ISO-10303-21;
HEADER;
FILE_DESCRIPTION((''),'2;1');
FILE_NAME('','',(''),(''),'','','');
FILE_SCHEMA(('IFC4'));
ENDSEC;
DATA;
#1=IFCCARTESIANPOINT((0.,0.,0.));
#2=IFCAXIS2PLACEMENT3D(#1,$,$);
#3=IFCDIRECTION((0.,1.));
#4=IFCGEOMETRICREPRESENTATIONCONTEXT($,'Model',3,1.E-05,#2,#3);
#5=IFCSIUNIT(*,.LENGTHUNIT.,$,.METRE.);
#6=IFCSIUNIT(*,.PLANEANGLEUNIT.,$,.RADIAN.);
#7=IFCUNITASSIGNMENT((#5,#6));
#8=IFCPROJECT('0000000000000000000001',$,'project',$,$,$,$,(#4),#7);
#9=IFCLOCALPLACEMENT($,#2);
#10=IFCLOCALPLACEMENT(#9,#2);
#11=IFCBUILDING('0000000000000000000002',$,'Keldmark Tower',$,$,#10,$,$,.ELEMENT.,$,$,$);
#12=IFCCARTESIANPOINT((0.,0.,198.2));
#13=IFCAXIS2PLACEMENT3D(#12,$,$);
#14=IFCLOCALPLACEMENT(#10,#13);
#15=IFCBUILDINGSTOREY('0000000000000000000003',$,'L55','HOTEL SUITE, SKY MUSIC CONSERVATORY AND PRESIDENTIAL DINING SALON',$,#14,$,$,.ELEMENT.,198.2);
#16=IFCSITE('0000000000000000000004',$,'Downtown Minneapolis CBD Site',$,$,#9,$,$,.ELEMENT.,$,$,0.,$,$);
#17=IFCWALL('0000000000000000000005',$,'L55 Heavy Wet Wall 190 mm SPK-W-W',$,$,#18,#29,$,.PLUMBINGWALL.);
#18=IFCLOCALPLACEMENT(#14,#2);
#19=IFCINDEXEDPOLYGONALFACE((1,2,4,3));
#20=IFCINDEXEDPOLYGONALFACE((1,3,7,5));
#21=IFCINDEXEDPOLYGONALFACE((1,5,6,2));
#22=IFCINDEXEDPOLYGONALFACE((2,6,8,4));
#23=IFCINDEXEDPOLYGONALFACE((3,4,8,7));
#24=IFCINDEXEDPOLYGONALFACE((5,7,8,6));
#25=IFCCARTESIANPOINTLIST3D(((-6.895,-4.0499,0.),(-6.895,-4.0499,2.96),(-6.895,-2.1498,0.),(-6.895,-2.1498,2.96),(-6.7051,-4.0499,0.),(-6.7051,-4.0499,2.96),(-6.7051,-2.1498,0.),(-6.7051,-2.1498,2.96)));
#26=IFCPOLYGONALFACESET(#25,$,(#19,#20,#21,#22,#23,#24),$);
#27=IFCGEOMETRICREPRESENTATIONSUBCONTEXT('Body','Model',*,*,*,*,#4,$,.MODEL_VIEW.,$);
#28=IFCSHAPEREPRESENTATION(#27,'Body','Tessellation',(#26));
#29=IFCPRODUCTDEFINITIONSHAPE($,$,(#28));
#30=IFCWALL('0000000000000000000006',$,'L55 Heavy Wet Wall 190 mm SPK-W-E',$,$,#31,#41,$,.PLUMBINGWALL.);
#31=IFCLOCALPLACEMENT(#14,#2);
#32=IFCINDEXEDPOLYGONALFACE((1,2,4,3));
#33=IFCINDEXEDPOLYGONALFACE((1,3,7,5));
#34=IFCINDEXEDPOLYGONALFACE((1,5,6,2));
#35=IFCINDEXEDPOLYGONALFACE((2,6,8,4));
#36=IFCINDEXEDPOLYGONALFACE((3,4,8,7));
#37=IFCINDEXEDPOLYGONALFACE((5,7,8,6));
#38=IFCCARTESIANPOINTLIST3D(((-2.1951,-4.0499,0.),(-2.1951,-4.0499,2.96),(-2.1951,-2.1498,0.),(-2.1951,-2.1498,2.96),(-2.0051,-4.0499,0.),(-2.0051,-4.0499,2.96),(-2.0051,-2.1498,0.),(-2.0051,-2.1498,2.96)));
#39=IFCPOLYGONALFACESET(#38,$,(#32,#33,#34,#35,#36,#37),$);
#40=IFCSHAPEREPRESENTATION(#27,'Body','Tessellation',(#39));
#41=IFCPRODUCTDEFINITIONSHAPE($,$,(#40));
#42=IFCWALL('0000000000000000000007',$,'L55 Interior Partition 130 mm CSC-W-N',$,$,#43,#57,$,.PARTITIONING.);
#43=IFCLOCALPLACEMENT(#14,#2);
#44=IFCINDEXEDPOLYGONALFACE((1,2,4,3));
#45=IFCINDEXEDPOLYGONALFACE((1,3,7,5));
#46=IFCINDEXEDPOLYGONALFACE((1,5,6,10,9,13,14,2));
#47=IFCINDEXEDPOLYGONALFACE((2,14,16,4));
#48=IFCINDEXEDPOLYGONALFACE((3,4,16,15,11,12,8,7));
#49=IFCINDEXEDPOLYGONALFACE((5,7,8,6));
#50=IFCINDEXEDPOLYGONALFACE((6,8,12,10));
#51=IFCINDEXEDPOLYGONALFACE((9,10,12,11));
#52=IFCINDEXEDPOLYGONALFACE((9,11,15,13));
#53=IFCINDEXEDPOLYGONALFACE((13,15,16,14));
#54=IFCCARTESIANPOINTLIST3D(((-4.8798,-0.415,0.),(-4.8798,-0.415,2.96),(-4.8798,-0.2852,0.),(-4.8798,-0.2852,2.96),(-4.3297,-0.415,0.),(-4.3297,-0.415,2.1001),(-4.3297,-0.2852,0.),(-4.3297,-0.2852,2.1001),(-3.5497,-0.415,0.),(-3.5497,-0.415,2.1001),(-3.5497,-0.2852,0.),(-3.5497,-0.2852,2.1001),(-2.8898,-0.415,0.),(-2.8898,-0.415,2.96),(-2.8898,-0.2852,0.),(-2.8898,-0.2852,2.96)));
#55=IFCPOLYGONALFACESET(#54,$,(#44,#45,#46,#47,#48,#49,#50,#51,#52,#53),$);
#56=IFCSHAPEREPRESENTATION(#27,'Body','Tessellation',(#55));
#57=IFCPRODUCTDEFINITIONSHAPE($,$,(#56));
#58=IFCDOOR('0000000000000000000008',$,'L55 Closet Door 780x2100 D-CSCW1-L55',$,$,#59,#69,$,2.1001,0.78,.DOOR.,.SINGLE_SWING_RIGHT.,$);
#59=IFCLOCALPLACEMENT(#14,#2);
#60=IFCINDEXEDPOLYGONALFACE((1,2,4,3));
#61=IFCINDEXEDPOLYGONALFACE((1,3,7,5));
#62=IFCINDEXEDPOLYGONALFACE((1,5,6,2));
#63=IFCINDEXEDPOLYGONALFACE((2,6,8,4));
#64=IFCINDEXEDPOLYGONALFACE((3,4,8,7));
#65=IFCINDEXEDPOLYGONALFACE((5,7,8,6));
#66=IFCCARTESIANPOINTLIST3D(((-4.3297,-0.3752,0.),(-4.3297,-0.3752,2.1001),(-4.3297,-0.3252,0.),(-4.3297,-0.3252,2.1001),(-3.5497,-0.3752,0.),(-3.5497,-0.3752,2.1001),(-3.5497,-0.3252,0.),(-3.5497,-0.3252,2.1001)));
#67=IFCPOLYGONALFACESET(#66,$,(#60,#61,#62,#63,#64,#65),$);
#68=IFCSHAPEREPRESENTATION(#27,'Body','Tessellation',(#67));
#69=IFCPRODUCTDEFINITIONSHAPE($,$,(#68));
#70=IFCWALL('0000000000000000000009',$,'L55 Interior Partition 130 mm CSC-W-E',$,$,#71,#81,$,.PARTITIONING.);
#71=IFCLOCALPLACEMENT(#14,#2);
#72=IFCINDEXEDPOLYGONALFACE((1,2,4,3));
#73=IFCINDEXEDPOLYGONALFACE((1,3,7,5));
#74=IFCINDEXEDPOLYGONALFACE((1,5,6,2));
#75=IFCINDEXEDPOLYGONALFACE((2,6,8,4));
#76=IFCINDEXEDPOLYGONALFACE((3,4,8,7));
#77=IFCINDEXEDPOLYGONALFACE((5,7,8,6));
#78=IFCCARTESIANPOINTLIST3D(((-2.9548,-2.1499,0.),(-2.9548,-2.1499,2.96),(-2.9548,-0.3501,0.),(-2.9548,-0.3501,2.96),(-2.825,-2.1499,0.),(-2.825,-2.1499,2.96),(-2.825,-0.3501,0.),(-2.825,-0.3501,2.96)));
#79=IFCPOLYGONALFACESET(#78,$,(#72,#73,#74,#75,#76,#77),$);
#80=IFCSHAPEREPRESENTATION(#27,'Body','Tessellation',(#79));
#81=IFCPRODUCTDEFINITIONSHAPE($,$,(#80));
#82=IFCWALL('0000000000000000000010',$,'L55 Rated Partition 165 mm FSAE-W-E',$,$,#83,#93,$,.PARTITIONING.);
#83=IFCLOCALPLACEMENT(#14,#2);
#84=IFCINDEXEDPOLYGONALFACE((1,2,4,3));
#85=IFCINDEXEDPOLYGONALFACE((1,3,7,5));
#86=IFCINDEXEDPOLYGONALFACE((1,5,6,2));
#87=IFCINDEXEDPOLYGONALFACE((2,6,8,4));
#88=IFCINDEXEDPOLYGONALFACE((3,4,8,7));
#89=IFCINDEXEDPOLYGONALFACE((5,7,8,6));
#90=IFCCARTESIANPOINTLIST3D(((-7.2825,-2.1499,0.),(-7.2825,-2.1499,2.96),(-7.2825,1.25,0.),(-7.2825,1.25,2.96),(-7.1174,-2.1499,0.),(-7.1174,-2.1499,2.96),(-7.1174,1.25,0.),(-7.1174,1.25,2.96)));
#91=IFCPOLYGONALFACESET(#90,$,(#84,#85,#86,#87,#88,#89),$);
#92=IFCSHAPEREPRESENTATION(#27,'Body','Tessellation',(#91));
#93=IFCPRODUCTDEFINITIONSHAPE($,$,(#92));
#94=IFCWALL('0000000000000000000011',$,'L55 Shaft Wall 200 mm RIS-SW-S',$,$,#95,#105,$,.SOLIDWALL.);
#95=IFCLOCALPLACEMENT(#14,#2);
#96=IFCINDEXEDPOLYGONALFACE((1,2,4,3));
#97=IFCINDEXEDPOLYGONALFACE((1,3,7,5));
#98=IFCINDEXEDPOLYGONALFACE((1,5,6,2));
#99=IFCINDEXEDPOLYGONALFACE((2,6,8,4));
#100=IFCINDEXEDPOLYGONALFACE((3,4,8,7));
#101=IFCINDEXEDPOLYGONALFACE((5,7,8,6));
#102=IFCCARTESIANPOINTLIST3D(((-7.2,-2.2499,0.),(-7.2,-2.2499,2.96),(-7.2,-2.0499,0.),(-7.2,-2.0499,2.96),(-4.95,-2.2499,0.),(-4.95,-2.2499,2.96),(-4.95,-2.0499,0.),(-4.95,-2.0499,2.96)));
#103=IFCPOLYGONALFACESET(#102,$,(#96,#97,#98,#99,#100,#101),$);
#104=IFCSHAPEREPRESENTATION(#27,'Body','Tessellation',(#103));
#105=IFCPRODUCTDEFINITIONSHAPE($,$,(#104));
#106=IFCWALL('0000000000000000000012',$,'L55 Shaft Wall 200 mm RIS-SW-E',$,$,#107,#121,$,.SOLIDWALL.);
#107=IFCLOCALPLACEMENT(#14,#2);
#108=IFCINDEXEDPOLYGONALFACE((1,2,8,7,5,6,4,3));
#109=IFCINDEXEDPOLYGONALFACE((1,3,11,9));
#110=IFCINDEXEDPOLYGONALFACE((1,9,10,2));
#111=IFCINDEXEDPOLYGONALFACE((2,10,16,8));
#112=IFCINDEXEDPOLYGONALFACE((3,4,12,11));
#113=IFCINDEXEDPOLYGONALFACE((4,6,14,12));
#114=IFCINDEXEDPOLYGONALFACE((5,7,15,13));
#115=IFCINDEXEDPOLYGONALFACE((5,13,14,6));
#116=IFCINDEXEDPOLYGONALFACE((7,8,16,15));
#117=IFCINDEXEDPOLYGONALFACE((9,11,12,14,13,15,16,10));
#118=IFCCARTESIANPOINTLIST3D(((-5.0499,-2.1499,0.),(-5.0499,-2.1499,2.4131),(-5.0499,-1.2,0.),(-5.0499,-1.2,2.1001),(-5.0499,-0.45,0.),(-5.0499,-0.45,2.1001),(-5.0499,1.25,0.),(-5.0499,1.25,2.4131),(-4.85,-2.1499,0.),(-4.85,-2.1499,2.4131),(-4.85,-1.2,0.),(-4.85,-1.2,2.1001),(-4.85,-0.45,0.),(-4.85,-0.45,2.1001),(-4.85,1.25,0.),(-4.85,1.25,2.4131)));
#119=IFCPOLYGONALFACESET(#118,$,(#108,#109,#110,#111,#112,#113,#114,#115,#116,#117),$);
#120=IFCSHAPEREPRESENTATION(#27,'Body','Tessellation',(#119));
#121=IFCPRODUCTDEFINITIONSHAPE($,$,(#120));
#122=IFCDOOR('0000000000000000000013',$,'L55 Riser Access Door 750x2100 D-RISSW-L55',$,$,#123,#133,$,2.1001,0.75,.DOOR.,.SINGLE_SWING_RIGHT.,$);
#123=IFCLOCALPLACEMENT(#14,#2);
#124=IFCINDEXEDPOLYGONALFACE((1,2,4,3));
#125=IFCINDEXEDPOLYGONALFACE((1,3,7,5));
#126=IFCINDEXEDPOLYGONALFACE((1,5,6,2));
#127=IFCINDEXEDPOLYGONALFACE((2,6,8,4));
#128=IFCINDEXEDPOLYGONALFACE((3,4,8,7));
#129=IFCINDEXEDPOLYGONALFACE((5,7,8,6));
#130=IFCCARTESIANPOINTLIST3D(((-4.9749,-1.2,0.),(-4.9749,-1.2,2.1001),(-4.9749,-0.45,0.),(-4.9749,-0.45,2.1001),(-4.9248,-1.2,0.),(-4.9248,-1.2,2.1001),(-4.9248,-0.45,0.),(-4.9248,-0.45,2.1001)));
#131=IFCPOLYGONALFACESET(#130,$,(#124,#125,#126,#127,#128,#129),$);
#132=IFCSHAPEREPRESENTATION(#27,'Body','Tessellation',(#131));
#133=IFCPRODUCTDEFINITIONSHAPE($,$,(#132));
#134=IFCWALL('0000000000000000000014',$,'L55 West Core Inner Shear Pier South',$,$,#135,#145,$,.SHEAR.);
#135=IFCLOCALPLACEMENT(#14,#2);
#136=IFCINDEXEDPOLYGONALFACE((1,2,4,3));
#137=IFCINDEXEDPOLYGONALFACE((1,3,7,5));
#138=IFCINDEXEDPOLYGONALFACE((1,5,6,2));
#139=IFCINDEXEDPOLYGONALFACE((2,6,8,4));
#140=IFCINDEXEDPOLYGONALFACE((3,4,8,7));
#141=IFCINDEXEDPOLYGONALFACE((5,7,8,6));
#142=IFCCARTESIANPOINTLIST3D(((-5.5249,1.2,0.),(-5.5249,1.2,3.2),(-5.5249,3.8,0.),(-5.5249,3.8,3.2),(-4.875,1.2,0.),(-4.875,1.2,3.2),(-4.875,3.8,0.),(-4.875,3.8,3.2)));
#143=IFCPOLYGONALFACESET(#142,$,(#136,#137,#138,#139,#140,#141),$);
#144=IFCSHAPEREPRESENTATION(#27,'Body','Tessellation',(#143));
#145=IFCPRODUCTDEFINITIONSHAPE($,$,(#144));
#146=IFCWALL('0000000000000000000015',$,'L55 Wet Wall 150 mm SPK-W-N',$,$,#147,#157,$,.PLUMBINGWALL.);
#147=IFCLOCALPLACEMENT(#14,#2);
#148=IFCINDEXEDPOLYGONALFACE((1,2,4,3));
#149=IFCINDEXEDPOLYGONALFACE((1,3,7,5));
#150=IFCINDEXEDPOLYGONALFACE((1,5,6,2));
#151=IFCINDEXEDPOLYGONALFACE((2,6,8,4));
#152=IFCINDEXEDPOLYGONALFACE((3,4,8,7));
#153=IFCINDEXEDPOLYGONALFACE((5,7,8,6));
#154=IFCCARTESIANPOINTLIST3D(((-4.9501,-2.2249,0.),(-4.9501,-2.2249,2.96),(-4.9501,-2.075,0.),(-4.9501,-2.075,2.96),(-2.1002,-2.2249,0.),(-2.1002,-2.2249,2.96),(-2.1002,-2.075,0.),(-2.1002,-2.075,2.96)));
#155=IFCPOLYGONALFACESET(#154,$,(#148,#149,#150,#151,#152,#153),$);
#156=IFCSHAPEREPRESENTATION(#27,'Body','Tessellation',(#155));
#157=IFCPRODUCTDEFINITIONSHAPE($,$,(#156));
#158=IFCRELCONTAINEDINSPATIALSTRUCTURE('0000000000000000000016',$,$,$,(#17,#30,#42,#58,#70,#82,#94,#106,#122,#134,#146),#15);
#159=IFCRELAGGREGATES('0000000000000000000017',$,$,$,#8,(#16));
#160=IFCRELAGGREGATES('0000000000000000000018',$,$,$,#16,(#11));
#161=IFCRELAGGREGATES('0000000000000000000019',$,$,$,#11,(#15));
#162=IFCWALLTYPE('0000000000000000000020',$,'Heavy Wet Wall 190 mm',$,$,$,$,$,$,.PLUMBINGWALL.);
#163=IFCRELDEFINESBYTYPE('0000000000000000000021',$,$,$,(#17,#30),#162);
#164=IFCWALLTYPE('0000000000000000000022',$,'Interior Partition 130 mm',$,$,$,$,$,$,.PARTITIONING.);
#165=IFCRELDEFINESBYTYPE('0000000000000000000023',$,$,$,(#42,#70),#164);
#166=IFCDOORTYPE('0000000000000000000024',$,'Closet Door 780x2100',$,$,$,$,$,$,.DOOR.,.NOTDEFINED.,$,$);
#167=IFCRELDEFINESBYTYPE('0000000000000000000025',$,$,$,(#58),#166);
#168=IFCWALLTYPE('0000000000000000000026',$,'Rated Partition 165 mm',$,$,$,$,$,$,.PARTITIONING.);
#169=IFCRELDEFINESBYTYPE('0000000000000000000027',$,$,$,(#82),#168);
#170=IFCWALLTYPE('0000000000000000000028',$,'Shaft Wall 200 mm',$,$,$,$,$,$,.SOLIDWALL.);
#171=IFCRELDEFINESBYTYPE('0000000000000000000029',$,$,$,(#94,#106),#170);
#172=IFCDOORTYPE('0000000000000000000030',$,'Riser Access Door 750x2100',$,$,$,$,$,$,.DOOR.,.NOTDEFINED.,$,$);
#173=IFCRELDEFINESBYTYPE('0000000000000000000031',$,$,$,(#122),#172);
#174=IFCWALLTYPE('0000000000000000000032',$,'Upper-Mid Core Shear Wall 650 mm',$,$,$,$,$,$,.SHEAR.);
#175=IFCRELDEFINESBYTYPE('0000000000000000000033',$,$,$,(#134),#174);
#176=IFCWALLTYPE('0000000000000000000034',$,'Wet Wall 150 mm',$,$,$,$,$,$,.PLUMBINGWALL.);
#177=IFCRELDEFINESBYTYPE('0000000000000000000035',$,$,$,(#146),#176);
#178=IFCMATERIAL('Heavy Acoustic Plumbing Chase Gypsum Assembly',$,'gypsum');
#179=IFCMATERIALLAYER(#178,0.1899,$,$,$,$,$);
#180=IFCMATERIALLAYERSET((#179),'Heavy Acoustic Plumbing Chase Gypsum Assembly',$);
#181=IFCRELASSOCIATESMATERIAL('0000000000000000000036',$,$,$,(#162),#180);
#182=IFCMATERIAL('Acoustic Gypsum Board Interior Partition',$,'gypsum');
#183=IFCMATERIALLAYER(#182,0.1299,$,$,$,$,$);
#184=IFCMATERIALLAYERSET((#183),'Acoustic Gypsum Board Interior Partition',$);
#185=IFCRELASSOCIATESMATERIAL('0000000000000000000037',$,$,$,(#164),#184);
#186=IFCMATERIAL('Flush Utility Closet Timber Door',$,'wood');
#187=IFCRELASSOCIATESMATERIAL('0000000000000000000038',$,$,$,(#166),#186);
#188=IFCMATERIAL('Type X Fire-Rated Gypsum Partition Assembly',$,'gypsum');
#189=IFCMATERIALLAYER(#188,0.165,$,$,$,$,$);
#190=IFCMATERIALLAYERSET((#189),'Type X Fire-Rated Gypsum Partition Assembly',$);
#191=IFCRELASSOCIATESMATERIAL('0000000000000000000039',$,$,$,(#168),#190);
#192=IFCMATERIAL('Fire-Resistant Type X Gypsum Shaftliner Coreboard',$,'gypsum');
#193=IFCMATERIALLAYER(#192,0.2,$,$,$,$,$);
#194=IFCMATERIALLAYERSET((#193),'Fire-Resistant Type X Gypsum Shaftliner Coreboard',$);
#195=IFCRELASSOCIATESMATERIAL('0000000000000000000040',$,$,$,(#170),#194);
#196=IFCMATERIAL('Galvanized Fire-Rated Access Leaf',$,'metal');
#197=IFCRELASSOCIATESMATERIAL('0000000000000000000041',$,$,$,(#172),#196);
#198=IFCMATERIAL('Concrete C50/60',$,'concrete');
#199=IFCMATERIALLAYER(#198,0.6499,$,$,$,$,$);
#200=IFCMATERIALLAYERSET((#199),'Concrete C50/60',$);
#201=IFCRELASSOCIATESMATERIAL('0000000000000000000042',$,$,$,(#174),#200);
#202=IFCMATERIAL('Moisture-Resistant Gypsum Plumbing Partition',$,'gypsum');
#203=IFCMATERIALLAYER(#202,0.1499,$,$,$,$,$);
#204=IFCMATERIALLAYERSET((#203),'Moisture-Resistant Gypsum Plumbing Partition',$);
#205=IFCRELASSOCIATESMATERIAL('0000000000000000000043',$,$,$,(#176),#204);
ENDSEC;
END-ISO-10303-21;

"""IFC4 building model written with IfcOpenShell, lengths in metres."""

from ifc_helpers import new_model, si_unit, direction, frame, frame_2d, origin, place, context, subcontext, project, spatial, rectangle, extrude, material, layer, layer_set, type_object, element, fill, save


model = new_model("IFC4")

# Units and contexts
model_context = context("Model", 3, precision=1e-05, world=origin(), true_north=direction((0.0, 1.0)))
body_context = subcontext(model_context, "Body", "Model", "MODEL_VIEW")
ifc_project = project(units=[si_unit("LENGTHUNIT", "METRE"), si_unit("PLANEANGLEUNIT", "RADIAN")], contexts=[model_context])

# Site, building, storey
site_placement = place(None, origin())
site = spatial("IfcSite", under=ifc_project, at=site_placement, Name="Downtown Minneapolis CBD Site", CompositionType="ELEMENT", RefElevation=0.0)
building_placement = place(site_placement, origin())
building = spatial("IfcBuilding", under=site, at=building_placement, Name="Keldmark Tower", CompositionType="ELEMENT")
storey_placement = place(building_placement, frame((0.0, 0.0, 198.2)))
storey = spatial("IfcBuildingStorey", under=building, at=storey_placement, Name="L55", Description="HOTEL SUITE, SKY MUSIC CONSERVATORY AND PRESIDENTIAL DINING SALON", CompositionType="ELEMENT", Elevation=198.2)

# Shared definitions
ifc_material_1 = material(Name="Heavy Acoustic Plumbing Chase Gypsum Assembly", Category="gypsum")
ifc_layer_1 = layer(ifc_material_1, 0.1899)
ifc_layer_set_1 = layer_set([ifc_layer_1], Name="Heavy Acoustic Plumbing Chase Gypsum Assembly")
wall_type_1 = type_object("IfcWallType", Name="Heavy Wet Wall 190 mm", PredefinedType="PLUMBINGWALL", material=ifc_layer_set_1)

# Walls
for number, where, z_axis, x_axis, name in (
    (1, (-6.8, -4.05, 0.0), (0.0, 0.0, 1.0), (0.0, 1.0, 0.0), "L55 Heavy Wet Wall 190 mm SPK-W-W"),
    (2, (-2.1001, -4.05, 0.0), (0.0, 0.0, 1.0), (0.0, 1.0, 0.0), "L55 Heavy Wet Wall 190 mm SPK-W-E"),
):
    element("IfcWall", number, at=place(storey_placement, frame(where, z_axis=z_axis, x_axis=x_axis)), inside=storey, type_object=wall_type_1, Name=name, PredefinedType="PLUMBINGWALL", context=body_context, shape_type="SweptSolid", body=[
        extrude(rectangle(XDim=1.9001, YDim=0.1899, at=frame_2d((0.9502, 0.0))), origin(), (0.0, 0.0, 1.0), 2.96),
    ])

# Wall, opening, door
ifc_material_2 = material(Name="Acoustic Gypsum Board Interior Partition", Category="gypsum")
ifc_layer_2 = layer(ifc_material_2, 0.1299)
ifc_layer_set_2 = layer_set([ifc_layer_2], Name="Acoustic Gypsum Board Interior Partition")
wall_type_2 = type_object("IfcWallType", Name="Interior Partition 130 mm", PredefinedType="PARTITIONING", material=ifc_layer_set_2)
wall_1_placement = place(storey_placement, frame((-4.8799, -0.3501, 0.0), z_axis=(0.0, 0.0, 1.0), x_axis=(1.0, 0.0, 0.0)))
wall_1 = element("IfcWall", 3, at=wall_1_placement, inside=storey, type_object=wall_type_2, Name="L55 Interior Partition 130 mm CSC-W-N", PredefinedType="PARTITIONING", context=body_context, shape_type="SweptSolid", body=[
    extrude(rectangle(XDim=1.99, YDim=0.1299, at=frame_2d((0.9951, 0.0))), origin(), (0.0, 0.0, 1.0), 2.96),
])
opening_1_placement = place(wall_1_placement, frame((0.55, 0.0, 0.0)))
opening_1 = element("IfcOpeningElement", 4, at=opening_1_placement, cuts=wall_1, PredefinedType="OPENING", context=body_context, shape_type="SweptSolid", body=[
    extrude(rectangle(XDim=0.78, YDim=2.1001, at=frame_2d((0.3901, 1.05))), frame((0.0, 0.075, 0.0), z_axis=(0.0, -1.0, 0.0), x_axis=(1.0, 0.0, 0.0)), (0.0, 0.0, 1.0), 0.1499),
])
ifc_material_3 = material(Name="Flush Utility Closet Timber Door", Category="wood")
door_type_1 = type_object("IfcDoorType", Name="Closet Door 780x2100", OperationType="NOTDEFINED", PredefinedType="DOOR", material=ifc_material_3)
door_1_placement = place(opening_1_placement, origin())
door_1 = element("IfcDoor", 5, at=door_1_placement, inside=storey, type_object=door_type_1, Name="L55 Closet Door 780x2100 D-CSCW1-L55", OperationType="SINGLE_SWING_RIGHT", OverallHeight=2.1001, OverallWidth=0.78, PredefinedType="DOOR", context=body_context, shape_type="SweptSolid", body=[
    extrude(rectangle(XDim=0.78, YDim=2.1001, at=frame_2d((0.3901, 1.05))), frame((0.0, 0.0249, 0.0), z_axis=(0.0, -1.0, 0.0), x_axis=(1.0, 0.0, 0.0)), (0.0, 0.0, 1.0), 0.05),
])
fill(opening_1, door_1)

# Wall
wall_2_placement = place(storey_placement, frame((-2.8899, -2.1499, 0.0), z_axis=(0.0, 0.0, 1.0), x_axis=(0.0, 1.0, 0.0)))
element("IfcWall", 6, at=wall_2_placement, inside=storey, type_object=wall_type_2, Name="L55 Interior Partition 130 mm CSC-W-E", PredefinedType="PARTITIONING", context=body_context, shape_type="SweptSolid", body=[
    extrude(rectangle(XDim=1.7998, YDim=0.1299, at=frame_2d((0.8999, 0.0))), origin(), (0.0, 0.0, 1.0), 2.96),
])

# Shared definitions
ifc_material_4 = material(Name="Type X Fire-Rated Gypsum Partition Assembly", Category="gypsum")
ifc_layer_3 = layer(ifc_material_4, 0.165)
ifc_layer_set_3 = layer_set([ifc_layer_3], Name="Type X Fire-Rated Gypsum Partition Assembly")
wall_type_3 = type_object("IfcWallType", Name="Rated Partition 165 mm", PredefinedType="PARTITIONING", material=ifc_layer_set_3)

# Walls
wall_3_placement = place(storey_placement, frame((-7.2, -2.1499, 0.0), z_axis=(0.0, 0.0, 1.0), x_axis=(0.0, 1.0, 0.0)))
element("IfcWall", 7, at=wall_3_placement, inside=storey, type_object=wall_type_3, Name="L55 Rated Partition 165 mm FSAE-W-E", PredefinedType="PARTITIONING", context=body_context, shape_type="SweptSolid", body=[
    extrude(rectangle(XDim=3.3999, YDim=0.165, at=frame_2d((1.7, 0.0))), origin(), (0.0, 0.0, 1.0), 2.96),
])
ifc_material_5 = material(Name="Fire-Resistant Type X Gypsum Shaftliner Coreboard", Category="gypsum")
ifc_layer_4 = layer(ifc_material_5, 0.2)
ifc_layer_set_4 = layer_set([ifc_layer_4], Name="Fire-Resistant Type X Gypsum Shaftliner Coreboard")
wall_type_4 = type_object("IfcWallType", Name="Shaft Wall 200 mm", PredefinedType="SOLIDWALL", material=ifc_layer_set_4)
wall_4_placement = place(storey_placement, frame((-7.2, -2.1499, 0.0), z_axis=(0.0, 0.0, 1.0), x_axis=(1.0, 0.0, 0.0)))
element("IfcWall", 8, at=wall_4_placement, inside=storey, type_object=wall_type_4, Name="L55 Shaft Wall 200 mm RIS-SW-S", PredefinedType="SOLIDWALL", context=body_context, shape_type="SweptSolid", body=[
    extrude(rectangle(XDim=2.25, YDim=0.2, at=frame_2d((1.125, 0.0))), origin(), (0.0, 0.0, 1.0), 2.96),
])

# Wall, opening, door
wall_5_placement = place(storey_placement, frame((-4.95, -2.1499, 0.0), z_axis=(0.0, 0.0, 1.0), x_axis=(0.0, 1.0, 0.0)))
wall_5 = element("IfcWall", 9, at=wall_5_placement, inside=storey, type_object=wall_type_4, Name="L55 Shaft Wall 200 mm RIS-SW-E", PredefinedType="SOLIDWALL", context=body_context, shape_type="SweptSolid", body=[
    extrude(rectangle(XDim=3.3999, YDim=0.2, at=frame_2d((1.7, 0.0))), origin(), (0.0, 0.0, 1.0), 2.4131),
])
opening_2_placement = place(wall_5_placement, frame((0.95, 0.0, 0.0)))
opening_2 = element("IfcOpeningElement", 10, at=opening_2_placement, cuts=wall_5, PredefinedType="OPENING", context=body_context, shape_type="SweptSolid", body=[
    extrude(rectangle(XDim=0.75, YDim=2.1001, at=frame_2d((0.375, 1.05))), frame((0.0, 0.1099, 0.0), z_axis=(0.0, -1.0, 0.0), x_axis=(1.0, 0.0, 0.0)), (0.0, 0.0, 1.0), 0.22),
])
ifc_material_6 = material(Name="Galvanized Fire-Rated Access Leaf", Category="metal")
door_type_2 = type_object("IfcDoorType", Name="Riser Access Door 750x2100", OperationType="NOTDEFINED", PredefinedType="DOOR", material=ifc_material_6)
door_2_placement = place(opening_2_placement, origin())
door_2 = element("IfcDoor", 11, at=door_2_placement, inside=storey, type_object=door_type_2, Name="L55 Riser Access Door 750x2100 D-RISSW-L55", OperationType="SINGLE_SWING_RIGHT", OverallHeight=2.1001, OverallWidth=0.75, PredefinedType="DOOR", context=body_context, shape_type="SweptSolid", body=[
    extrude(rectangle(XDim=0.75, YDim=2.1001, at=frame_2d((0.375, 1.05))), frame((0.0, 0.0249, 0.0), z_axis=(0.0, -1.0, 0.0), x_axis=(1.0, 0.0, 0.0)), (0.0, 0.0, 1.0), 0.05),
])
fill(opening_2, door_2)

# Walls
ifc_material_7 = material(Name="Concrete C50/60", Category="concrete")
ifc_layer_5 = layer(ifc_material_7, 0.6499)
ifc_layer_set_5 = layer_set([ifc_layer_5], Name="Concrete C50/60")
wall_type_5 = type_object("IfcWallType", Name="Upper-Mid Core Shear Wall 650 mm", PredefinedType="SHEAR", material=ifc_layer_set_5)
wall_6_placement = place(storey_placement, frame((-5.2, 1.2, 0.0), z_axis=(0.0, 0.0, 1.0), x_axis=(0.0, 1.0, 0.0)))
element("IfcWall", 12, at=wall_6_placement, inside=storey, type_object=wall_type_5, Name="L55 West Core Inner Shear Pier South", PredefinedType="SHEAR", context=body_context, shape_type="SweptSolid", body=[
    extrude(rectangle(XDim=2.6001, YDim=0.6499, at=frame_2d((1.3, 0.0))), origin(), (0.0, 0.0, 1.0), 3.2),
])
ifc_material_8 = material(Name="Moisture-Resistant Gypsum Plumbing Partition", Category="gypsum")
ifc_layer_6 = layer(ifc_material_8, 0.1499)
ifc_layer_set_6 = layer_set([ifc_layer_6], Name="Moisture-Resistant Gypsum Plumbing Partition")
wall_type_6 = type_object("IfcWallType", Name="Wet Wall 150 mm", PredefinedType="PLUMBINGWALL", material=ifc_layer_set_6)
wall_7_placement = place(storey_placement, frame((-4.95, -2.1499, 0.0), z_axis=(0.0, 0.0, 1.0), x_axis=(1.0, 0.0, 0.0)))
element("IfcWall", 13, at=wall_7_placement, inside=storey, type_object=wall_type_6, Name="L55 Wet Wall 150 mm SPK-W-N", PredefinedType="PLUMBINGWALL", context=body_context, shape_type="SweptSolid", body=[
    extrude(rectangle(XDim=2.8499, YDim=0.1499, at=frame_2d((1.4248, 0.0))), origin(), (0.0, 0.0, 1.0), 2.96),
])

save(model, "model.ifc")
